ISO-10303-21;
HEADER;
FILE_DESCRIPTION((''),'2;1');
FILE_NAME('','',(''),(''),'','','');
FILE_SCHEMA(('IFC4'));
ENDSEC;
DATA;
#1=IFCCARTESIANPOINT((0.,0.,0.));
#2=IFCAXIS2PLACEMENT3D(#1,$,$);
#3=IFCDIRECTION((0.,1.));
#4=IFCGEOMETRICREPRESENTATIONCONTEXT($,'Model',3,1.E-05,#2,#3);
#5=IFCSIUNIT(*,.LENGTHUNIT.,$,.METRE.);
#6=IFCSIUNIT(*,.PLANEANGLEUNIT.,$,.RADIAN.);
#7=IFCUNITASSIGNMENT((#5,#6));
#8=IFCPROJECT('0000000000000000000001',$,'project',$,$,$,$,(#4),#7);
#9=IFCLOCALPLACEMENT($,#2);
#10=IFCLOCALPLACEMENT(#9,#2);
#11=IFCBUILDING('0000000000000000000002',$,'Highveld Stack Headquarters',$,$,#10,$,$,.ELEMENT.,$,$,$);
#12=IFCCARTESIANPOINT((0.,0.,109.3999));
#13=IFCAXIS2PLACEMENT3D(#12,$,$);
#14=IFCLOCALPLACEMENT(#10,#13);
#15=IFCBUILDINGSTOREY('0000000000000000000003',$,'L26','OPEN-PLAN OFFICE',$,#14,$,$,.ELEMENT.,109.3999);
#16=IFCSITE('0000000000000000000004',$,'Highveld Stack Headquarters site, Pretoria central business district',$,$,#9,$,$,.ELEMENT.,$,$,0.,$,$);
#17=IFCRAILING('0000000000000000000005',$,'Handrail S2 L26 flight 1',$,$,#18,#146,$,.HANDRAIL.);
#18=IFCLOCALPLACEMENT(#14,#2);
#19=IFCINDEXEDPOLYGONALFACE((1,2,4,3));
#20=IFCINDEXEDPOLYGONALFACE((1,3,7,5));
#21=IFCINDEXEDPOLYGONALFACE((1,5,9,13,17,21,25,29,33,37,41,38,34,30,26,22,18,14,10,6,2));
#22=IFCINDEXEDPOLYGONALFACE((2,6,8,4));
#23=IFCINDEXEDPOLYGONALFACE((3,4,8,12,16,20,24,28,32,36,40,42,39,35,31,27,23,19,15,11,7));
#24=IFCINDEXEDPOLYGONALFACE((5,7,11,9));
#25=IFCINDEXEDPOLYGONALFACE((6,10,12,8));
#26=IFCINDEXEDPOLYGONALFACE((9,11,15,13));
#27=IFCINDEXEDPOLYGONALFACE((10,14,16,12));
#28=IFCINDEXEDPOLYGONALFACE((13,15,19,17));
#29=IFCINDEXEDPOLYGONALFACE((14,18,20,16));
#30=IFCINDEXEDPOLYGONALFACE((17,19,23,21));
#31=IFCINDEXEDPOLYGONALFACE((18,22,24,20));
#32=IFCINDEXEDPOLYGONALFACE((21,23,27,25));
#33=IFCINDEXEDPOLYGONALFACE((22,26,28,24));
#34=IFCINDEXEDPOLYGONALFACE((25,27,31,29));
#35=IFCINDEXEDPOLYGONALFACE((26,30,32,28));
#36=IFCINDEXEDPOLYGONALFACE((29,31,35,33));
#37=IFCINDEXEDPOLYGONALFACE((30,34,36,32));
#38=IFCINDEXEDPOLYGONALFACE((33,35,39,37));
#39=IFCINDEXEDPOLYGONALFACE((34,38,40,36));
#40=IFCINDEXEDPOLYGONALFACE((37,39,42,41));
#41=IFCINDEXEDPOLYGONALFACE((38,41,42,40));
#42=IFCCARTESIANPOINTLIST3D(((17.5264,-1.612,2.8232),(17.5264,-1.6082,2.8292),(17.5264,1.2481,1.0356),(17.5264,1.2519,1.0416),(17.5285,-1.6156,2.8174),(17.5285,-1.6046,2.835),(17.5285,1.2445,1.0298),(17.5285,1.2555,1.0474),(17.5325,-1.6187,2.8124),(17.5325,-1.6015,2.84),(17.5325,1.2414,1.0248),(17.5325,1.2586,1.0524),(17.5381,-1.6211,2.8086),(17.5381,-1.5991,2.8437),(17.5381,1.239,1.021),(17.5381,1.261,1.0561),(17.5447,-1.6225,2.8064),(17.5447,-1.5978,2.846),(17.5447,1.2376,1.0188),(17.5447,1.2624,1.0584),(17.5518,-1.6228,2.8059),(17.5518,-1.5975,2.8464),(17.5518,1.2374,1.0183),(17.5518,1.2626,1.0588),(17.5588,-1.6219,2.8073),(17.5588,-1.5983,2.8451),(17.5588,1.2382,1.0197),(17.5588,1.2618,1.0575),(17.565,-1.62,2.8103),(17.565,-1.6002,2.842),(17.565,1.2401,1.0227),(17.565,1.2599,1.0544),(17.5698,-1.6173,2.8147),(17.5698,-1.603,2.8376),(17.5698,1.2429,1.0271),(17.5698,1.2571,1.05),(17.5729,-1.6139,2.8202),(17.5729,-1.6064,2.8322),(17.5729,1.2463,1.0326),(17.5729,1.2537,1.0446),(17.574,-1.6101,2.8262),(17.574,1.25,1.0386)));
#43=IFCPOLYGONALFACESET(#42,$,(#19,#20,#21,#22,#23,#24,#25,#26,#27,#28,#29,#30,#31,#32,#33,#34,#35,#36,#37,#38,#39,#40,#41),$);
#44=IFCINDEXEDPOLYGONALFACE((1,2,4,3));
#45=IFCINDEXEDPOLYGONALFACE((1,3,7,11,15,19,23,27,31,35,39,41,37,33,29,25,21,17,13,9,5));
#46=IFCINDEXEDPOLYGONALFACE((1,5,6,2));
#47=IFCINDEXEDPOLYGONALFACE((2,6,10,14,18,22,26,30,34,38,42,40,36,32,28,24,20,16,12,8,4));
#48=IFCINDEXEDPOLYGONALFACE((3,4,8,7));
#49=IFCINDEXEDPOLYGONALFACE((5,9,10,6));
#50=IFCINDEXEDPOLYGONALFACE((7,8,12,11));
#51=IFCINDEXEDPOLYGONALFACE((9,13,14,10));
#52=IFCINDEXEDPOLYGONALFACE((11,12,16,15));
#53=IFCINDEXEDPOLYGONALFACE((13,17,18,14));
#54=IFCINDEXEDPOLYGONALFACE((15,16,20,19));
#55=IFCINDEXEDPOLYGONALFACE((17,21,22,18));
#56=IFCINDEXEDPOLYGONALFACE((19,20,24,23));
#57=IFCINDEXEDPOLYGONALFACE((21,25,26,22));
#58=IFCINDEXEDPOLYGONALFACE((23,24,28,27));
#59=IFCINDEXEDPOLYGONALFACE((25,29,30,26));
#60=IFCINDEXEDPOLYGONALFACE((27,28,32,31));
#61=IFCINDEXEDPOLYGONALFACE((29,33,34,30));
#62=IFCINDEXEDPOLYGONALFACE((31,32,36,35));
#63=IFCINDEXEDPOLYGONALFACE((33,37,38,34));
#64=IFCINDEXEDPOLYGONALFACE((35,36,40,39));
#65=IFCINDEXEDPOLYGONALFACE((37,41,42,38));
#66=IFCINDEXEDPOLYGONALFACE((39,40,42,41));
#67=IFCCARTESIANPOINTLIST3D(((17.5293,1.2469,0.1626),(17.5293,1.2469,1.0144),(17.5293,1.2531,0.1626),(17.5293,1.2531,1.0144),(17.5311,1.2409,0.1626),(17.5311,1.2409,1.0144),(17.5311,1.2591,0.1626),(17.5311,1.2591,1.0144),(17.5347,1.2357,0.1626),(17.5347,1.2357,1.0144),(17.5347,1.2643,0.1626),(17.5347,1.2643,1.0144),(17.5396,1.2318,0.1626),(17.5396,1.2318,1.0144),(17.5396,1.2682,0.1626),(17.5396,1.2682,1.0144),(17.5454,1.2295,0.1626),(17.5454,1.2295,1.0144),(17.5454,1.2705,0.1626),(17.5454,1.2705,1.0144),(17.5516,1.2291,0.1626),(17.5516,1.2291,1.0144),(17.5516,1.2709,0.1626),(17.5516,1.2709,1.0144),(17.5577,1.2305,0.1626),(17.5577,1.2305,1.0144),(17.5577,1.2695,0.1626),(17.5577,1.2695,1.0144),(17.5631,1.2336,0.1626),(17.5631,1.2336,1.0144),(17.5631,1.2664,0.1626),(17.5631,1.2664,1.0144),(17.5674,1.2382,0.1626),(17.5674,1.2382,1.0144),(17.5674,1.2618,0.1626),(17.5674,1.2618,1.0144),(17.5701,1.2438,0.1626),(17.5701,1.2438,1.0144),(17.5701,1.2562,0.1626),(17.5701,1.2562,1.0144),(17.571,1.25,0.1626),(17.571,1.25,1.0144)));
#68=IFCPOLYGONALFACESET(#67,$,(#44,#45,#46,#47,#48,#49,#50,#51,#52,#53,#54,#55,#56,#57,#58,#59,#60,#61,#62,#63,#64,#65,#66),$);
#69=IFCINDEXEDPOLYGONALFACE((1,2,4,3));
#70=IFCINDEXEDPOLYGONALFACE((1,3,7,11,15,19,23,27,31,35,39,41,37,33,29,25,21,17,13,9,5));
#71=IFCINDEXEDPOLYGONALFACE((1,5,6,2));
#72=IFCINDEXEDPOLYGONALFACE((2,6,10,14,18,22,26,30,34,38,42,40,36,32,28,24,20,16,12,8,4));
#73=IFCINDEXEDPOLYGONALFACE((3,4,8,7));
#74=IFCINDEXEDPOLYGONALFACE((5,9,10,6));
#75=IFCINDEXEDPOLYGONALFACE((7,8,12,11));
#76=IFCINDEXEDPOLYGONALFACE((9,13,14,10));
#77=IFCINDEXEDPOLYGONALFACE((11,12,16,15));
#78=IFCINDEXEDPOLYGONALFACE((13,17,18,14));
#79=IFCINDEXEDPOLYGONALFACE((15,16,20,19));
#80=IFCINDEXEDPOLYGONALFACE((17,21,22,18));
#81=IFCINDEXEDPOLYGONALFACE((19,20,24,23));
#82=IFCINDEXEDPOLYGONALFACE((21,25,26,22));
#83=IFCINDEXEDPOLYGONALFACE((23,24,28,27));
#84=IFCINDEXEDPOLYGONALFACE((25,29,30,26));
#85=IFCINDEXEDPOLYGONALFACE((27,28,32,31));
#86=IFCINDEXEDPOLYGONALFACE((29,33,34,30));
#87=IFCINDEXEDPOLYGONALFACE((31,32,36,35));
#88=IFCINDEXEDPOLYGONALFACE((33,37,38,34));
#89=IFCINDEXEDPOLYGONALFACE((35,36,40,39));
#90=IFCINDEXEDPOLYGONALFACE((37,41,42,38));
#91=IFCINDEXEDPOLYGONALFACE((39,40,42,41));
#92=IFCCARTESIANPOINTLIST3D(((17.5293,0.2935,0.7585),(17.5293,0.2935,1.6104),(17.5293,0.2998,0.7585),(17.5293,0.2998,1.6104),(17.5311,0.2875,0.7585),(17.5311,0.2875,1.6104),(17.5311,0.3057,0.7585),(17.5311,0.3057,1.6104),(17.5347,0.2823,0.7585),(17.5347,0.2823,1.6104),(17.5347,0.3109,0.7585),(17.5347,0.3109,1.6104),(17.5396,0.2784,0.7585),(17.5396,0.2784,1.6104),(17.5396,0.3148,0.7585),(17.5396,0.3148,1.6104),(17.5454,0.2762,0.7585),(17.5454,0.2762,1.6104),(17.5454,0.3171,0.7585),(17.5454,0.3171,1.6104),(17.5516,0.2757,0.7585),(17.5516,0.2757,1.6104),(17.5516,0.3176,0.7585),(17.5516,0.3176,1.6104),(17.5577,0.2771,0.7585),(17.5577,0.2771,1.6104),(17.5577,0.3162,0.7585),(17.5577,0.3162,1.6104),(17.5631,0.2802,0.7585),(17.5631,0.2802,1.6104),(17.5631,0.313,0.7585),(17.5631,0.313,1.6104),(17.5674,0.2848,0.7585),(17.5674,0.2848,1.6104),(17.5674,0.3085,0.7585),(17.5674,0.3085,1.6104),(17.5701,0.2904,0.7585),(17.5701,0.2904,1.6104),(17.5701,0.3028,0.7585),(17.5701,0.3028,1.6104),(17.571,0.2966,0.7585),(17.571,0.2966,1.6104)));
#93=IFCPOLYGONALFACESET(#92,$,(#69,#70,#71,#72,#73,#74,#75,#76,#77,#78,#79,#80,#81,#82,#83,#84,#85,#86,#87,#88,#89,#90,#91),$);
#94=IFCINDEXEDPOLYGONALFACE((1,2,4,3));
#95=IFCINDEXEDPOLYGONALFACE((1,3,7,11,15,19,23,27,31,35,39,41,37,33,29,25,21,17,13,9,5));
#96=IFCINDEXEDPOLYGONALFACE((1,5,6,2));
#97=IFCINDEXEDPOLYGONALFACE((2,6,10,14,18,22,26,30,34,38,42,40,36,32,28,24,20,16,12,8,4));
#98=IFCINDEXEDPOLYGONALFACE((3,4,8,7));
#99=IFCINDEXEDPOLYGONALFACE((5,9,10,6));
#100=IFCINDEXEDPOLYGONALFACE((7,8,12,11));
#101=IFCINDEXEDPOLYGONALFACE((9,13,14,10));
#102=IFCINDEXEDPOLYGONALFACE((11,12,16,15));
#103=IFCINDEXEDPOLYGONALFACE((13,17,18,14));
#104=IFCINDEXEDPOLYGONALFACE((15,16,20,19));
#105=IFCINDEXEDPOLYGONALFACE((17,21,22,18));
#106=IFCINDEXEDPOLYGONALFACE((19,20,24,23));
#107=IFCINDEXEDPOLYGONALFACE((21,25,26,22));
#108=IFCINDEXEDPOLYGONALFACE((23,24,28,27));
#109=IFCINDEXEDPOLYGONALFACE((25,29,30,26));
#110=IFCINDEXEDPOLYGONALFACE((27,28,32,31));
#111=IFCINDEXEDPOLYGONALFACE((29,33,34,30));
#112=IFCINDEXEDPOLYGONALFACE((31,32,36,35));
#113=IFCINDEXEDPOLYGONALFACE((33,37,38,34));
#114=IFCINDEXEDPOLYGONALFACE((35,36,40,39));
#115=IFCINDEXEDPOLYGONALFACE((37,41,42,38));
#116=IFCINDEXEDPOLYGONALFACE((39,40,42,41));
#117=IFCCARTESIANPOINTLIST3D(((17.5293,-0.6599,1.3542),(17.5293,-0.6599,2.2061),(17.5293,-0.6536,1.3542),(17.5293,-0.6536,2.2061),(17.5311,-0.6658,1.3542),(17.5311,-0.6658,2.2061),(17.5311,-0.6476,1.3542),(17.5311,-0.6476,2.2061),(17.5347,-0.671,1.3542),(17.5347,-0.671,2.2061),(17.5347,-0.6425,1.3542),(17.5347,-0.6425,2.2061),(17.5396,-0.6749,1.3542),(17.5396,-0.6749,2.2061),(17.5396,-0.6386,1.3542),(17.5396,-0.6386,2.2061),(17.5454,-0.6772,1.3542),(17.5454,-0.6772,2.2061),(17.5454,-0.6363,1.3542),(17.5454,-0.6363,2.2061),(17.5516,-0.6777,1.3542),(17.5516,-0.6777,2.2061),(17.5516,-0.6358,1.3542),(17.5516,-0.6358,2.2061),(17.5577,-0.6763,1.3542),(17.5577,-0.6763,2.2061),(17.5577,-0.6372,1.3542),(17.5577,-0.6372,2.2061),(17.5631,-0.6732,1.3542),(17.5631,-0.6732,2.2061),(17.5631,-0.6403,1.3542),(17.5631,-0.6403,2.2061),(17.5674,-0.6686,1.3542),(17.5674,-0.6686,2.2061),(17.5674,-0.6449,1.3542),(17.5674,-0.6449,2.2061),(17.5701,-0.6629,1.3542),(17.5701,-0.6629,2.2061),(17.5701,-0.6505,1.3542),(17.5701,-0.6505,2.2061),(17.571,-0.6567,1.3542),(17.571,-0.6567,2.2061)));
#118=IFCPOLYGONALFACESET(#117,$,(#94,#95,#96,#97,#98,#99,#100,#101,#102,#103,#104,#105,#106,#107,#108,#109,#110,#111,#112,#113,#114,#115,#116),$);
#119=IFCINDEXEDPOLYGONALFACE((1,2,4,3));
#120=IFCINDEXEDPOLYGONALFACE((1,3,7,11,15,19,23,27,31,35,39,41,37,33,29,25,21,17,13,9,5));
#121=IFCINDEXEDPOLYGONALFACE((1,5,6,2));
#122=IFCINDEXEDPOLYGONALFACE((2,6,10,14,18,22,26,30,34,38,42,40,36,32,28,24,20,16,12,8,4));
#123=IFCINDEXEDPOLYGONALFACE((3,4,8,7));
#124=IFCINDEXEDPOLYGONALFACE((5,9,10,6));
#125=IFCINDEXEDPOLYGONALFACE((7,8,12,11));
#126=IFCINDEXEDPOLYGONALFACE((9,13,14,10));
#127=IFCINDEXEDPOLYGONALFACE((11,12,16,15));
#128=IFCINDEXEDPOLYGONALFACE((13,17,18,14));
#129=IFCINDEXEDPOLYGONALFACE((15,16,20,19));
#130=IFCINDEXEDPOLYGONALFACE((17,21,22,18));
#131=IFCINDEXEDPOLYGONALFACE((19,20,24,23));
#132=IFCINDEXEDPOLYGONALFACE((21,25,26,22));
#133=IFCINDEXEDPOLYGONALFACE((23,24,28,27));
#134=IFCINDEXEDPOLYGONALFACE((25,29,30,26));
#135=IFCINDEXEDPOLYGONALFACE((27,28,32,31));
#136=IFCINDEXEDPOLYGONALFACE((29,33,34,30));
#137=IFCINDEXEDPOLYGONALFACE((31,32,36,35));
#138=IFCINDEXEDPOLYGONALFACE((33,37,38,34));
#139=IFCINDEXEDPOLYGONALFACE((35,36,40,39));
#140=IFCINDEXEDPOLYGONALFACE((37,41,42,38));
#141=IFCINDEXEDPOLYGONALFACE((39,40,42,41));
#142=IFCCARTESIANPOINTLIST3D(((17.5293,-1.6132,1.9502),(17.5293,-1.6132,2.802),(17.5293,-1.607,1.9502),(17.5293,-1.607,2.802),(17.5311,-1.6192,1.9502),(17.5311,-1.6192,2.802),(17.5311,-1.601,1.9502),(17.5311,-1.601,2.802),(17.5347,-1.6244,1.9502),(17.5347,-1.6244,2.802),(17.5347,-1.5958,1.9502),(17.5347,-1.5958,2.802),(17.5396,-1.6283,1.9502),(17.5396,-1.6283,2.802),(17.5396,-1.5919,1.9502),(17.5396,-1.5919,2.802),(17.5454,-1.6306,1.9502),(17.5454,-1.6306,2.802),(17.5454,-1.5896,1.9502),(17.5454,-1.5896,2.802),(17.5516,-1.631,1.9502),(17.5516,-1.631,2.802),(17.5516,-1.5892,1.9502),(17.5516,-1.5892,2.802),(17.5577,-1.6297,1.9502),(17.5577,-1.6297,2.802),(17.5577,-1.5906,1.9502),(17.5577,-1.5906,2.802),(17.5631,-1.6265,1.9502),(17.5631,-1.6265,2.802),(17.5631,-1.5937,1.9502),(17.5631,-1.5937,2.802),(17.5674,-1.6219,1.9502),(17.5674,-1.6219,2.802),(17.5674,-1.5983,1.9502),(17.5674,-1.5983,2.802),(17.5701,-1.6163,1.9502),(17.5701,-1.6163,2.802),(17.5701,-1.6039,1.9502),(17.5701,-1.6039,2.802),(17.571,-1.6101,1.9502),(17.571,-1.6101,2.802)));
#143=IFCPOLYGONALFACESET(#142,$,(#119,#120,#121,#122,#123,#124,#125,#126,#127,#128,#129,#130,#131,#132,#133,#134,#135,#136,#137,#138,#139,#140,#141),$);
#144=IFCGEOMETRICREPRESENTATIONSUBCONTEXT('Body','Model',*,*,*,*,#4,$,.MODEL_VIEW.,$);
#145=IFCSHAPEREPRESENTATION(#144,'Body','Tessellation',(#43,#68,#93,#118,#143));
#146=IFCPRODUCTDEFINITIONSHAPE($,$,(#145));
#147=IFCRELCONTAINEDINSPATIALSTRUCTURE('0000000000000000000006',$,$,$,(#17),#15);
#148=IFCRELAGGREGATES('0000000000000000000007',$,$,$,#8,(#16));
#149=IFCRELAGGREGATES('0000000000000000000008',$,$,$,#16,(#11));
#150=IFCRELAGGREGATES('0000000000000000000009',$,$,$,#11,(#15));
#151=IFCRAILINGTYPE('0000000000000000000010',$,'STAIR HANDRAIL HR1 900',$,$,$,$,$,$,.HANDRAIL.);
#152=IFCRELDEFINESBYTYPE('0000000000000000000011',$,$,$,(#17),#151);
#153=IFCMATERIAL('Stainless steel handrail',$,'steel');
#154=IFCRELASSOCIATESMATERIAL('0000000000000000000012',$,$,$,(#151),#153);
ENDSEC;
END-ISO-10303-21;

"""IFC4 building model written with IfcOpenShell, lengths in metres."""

from ifc_helpers import new_model, si_unit, direction, frame, origin, origin_2d, place, context, subcontext, project, spatial, circle, extrude, material, type_object, element, save


model = new_model("IFC4")

# Units and contexts
model_context = context("Model", 3, precision=1e-05, world=origin(), true_north=direction((0.0, 1.0)))
body_context = subcontext(model_context, "Body", "Model", "MODEL_VIEW")
ifc_project = project(units=[si_unit("LENGTHUNIT", "METRE"), si_unit("PLANEANGLEUNIT", "RADIAN")], contexts=[model_context])

# Site, building, storey
site_placement = place(None, origin())
site = spatial("IfcSite", under=ifc_project, at=site_placement, Name="Highveld Stack Headquarters site, Pretoria central business district", CompositionType="ELEMENT", RefElevation=0.0)
building_placement = place(site_placement, origin())
building = spatial("IfcBuilding", under=site, at=building_placement, Name="Highveld Stack Headquarters", CompositionType="ELEMENT")
storey_placement = place(building_placement, frame((0.0, 0.0, 109.3999)))
storey = spatial("IfcBuildingStorey", under=building, at=storey_placement, Name="L26", Description="OPEN-PLAN OFFICE", CompositionType="ELEMENT", Elevation=109.3999)

# Railing
ifc_material_1 = material(Name="Stainless steel handrail", Category="steel")
railing_type = type_object("IfcRailingType", Name="STAIR HANDRAIL HR1 900", PredefinedType="HANDRAIL", material=ifc_material_1)
for number, where, name in (
    (1, (17.55, 1.25, 0.1626), "Handrail S2 L26 flight 1"),
):
    element("IfcRailing", number, at=place(storey_placement, frame(where)), inside=storey, type_object=railing_type, Name=name, PredefinedType="HANDRAIL", context=body_context, shape_type="SweptSolid", body=[
        extrude(circle(Radius=0.0239, at=origin_2d()), frame((0.0, 0.0, 0.876), z_axis=(0.0, -0.847994, 0.530005), x_axis=(1.0, 0.0, 0.0)), (0.0, 0.0, 1.0), 3.3728),
        extrude(circle(Radius=0.021, at=origin_2d()), origin(), (0.0, 0.0, 1.0), 0.8518),
        extrude(circle(Radius=0.021, at=origin_2d()), frame((0.0, -0.9534, 0.5959)), (0.0, 0.0, 1.0), 0.8518),
        extrude(circle(Radius=0.021, at=origin_2d()), frame((0.0, -1.9067, 1.1917)), (0.0, 0.0, 1.0), 0.8518),
        extrude(circle(Radius=0.021, at=origin_2d()), frame((0.0, -2.8601, 1.7876)), (0.0, 0.0, 1.0), 0.8518),
    ])

save(model, "model.ifc")
